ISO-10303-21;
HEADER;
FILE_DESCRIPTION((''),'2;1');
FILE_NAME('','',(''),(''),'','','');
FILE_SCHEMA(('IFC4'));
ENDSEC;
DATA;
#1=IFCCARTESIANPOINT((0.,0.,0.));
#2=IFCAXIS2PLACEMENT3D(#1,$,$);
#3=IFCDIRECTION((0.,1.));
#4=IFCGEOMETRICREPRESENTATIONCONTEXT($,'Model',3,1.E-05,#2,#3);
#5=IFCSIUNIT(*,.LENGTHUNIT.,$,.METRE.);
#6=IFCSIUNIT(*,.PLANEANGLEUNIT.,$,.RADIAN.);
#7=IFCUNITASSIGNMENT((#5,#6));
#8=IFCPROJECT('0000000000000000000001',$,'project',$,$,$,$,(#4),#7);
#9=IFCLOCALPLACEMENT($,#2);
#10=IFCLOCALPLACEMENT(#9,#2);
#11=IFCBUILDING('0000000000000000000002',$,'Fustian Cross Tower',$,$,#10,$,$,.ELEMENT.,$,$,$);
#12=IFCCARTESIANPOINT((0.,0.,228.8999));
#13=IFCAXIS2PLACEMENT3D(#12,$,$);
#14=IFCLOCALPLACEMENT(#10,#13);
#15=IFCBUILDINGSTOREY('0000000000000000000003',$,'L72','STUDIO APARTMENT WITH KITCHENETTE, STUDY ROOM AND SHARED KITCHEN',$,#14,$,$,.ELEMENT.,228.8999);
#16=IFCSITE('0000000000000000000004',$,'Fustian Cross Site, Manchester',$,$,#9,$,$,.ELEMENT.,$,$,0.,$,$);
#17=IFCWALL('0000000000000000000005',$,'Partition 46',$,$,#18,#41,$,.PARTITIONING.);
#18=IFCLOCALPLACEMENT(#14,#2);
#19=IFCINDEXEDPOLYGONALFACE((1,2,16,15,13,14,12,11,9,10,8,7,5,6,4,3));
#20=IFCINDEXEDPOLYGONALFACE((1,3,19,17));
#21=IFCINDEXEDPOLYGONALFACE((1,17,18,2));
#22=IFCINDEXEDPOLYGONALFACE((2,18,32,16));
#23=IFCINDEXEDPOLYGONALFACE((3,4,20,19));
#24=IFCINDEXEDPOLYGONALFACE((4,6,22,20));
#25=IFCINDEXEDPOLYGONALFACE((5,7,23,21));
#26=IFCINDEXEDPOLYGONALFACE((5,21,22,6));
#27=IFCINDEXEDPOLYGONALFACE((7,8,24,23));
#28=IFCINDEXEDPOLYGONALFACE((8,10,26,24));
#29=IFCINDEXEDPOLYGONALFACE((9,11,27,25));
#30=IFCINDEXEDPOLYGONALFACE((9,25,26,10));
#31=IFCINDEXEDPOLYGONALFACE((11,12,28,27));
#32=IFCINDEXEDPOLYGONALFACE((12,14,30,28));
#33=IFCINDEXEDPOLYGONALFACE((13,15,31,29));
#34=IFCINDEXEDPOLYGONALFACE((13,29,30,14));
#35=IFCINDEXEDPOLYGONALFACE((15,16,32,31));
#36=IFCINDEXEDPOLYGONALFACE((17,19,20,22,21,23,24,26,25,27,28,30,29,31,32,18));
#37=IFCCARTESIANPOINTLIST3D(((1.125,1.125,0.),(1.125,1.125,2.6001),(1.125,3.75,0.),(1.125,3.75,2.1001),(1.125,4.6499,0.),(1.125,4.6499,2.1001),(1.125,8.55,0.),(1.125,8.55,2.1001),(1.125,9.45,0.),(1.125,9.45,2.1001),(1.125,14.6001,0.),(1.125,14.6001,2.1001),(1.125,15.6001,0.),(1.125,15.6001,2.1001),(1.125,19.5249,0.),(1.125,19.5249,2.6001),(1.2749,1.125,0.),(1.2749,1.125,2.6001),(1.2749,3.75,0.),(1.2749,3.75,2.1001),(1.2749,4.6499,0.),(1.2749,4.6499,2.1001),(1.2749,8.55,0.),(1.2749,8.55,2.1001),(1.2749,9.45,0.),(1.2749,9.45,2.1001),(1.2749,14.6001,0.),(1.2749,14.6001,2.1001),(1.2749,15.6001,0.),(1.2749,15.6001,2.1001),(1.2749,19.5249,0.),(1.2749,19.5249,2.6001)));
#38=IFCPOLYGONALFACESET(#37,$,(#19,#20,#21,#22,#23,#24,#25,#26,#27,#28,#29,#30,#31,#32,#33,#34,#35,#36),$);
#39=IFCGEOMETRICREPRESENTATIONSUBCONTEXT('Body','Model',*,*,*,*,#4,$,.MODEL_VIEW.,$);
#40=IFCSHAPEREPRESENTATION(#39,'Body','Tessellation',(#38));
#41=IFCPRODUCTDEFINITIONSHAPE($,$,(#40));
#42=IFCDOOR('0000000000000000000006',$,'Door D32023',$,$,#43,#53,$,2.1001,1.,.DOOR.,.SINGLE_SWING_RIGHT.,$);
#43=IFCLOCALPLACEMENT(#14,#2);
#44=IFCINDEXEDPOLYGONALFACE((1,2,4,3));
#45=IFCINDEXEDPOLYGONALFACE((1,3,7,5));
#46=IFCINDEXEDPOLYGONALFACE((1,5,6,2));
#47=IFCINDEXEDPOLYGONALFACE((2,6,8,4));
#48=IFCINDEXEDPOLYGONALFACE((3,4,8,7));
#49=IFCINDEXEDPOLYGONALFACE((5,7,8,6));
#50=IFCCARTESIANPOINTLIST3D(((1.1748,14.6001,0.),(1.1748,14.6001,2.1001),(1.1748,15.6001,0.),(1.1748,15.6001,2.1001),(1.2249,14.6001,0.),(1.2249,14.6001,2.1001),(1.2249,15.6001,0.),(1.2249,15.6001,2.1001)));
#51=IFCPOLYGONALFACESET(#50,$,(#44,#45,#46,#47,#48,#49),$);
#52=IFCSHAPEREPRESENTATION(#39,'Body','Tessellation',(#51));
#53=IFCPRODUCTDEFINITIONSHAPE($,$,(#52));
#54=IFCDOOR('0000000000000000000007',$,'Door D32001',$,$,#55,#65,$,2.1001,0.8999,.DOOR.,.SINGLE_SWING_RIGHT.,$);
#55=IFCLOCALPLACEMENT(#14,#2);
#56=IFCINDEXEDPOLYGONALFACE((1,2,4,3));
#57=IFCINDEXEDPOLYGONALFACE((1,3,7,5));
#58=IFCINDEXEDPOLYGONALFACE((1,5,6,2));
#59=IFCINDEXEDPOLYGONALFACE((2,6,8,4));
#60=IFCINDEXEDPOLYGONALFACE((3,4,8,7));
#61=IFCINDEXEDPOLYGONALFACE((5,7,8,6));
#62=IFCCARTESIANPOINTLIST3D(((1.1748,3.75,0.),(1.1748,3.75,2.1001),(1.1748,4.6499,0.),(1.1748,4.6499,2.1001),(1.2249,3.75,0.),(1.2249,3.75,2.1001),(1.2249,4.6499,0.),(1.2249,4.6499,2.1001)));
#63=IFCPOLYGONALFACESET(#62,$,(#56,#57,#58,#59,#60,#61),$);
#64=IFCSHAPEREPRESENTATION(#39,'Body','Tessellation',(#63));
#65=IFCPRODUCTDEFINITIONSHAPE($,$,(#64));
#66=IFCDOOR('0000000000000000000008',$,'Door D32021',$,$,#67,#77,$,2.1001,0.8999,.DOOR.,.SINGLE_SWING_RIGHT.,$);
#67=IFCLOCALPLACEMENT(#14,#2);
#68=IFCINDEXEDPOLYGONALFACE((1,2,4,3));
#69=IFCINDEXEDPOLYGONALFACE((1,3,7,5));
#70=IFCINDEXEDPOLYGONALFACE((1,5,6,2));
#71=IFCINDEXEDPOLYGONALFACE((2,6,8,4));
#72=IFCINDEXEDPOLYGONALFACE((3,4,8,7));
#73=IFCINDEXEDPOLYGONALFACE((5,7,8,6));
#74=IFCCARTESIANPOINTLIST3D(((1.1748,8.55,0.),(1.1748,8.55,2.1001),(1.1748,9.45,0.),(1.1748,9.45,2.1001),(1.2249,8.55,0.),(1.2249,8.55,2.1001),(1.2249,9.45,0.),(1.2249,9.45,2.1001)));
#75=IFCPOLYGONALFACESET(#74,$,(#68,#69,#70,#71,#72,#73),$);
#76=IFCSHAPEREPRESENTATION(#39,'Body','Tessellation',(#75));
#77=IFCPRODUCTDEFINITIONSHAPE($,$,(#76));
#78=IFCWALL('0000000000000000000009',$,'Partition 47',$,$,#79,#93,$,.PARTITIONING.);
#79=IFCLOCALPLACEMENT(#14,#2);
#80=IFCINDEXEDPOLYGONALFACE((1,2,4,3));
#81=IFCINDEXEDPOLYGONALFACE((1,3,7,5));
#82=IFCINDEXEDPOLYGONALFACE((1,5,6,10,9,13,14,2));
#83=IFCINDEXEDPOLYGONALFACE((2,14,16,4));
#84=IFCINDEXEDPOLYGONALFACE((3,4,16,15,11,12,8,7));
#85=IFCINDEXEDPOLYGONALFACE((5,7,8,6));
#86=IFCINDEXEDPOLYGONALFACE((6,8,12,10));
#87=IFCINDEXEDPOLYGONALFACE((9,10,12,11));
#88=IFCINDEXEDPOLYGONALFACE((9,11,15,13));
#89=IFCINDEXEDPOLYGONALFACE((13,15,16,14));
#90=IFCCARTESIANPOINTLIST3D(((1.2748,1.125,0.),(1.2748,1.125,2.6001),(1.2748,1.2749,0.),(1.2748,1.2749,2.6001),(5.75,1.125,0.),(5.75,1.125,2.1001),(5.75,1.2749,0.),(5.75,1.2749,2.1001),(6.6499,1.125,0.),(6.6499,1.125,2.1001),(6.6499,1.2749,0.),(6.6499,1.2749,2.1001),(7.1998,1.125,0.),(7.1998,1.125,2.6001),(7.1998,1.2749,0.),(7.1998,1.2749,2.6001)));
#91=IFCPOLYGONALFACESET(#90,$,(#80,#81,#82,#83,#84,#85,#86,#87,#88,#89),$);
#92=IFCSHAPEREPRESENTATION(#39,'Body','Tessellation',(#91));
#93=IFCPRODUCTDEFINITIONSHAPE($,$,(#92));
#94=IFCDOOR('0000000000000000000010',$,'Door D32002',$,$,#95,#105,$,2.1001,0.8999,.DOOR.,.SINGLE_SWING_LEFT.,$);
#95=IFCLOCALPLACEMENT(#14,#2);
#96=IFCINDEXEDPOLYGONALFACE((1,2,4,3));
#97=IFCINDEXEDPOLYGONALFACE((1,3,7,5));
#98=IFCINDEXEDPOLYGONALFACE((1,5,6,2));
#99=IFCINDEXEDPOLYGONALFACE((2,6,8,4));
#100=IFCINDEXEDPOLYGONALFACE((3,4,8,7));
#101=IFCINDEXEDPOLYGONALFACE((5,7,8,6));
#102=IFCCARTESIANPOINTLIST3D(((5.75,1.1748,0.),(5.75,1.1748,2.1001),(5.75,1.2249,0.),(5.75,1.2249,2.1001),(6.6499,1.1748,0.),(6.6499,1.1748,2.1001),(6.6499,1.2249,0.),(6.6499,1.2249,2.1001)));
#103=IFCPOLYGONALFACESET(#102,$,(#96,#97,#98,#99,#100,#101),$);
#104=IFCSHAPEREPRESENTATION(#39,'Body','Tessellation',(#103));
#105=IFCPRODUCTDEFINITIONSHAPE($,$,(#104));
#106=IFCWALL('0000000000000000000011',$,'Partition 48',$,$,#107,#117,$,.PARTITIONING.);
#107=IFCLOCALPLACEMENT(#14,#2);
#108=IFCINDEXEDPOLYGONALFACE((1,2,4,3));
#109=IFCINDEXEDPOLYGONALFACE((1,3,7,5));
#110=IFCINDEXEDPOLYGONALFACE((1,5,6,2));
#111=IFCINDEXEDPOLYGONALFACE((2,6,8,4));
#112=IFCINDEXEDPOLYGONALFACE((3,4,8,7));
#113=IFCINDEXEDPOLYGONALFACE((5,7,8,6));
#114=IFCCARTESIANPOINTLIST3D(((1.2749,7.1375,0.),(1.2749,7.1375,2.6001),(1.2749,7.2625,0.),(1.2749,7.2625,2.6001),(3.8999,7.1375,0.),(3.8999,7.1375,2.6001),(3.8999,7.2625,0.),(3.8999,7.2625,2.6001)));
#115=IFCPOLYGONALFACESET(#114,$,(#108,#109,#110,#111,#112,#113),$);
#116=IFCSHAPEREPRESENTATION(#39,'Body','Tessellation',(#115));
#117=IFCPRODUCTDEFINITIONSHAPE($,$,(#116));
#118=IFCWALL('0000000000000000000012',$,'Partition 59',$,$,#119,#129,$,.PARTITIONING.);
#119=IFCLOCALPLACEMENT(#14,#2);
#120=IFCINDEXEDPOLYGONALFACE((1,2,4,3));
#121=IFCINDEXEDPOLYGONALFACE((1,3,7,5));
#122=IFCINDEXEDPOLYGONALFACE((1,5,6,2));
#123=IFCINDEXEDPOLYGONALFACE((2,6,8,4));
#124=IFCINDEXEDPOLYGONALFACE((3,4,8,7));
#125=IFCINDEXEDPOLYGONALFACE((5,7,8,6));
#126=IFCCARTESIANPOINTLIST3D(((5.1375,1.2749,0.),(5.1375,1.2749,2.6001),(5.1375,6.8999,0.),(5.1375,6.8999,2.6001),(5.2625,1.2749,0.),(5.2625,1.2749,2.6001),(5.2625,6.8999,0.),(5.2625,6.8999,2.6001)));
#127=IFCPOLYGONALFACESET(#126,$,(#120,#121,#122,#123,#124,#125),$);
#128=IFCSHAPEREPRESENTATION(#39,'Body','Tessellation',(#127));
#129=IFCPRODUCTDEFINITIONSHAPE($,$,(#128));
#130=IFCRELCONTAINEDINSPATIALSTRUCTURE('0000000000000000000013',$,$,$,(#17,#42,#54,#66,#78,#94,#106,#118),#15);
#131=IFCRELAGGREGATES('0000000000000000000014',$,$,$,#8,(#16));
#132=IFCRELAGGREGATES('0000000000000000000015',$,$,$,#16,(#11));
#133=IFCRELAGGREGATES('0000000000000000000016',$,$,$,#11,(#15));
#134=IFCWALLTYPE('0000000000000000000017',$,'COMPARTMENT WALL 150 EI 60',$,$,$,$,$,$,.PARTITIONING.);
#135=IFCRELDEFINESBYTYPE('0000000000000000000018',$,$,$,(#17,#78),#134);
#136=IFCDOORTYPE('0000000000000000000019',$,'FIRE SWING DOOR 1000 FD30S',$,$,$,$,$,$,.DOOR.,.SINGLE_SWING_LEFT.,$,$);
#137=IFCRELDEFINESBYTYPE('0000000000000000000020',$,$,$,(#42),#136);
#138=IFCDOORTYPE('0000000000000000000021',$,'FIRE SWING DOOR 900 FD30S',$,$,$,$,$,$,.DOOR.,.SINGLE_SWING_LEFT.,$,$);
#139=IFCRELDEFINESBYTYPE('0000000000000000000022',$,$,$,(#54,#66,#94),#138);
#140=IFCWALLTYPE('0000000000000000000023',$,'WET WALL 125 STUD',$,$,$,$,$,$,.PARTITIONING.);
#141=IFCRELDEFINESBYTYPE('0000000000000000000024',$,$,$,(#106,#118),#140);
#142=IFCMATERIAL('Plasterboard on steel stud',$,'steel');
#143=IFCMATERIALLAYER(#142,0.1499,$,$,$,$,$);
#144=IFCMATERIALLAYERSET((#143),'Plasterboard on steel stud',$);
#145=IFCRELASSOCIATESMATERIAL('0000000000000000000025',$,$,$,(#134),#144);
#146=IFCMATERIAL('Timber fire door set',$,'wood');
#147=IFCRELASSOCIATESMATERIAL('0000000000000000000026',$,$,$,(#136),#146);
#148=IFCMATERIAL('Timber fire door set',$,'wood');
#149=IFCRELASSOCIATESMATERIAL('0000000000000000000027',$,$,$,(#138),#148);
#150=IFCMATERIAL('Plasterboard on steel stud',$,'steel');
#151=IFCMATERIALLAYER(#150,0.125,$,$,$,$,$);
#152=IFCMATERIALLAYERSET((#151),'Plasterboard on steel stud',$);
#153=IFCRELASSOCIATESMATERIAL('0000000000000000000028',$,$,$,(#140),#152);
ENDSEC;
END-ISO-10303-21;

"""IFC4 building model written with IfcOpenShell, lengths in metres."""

from ifc_helpers import new_model, si_unit, direction, frame, frame_2d, origin, place, context, subcontext, project, spatial, rectangle, extrude, material, layer, layer_set, type_object, element, fill, save


model = new_model("IFC4")

# Units and contexts
model_context = context("Model", 3, precision=1e-05, world=origin(), true_north=direction((0.0, 1.0)))
body_context = subcontext(model_context, "Body", "Model", "MODEL_VIEW")
ifc_project = project(units=[si_unit("LENGTHUNIT", "METRE"), si_unit("PLANEANGLEUNIT", "RADIAN")], contexts=[model_context])

# Site, building, storey
site_placement = place(None, origin())
site = spatial("IfcSite", under=ifc_project, at=site_placement, Name="Fustian Cross Site, Manchester", CompositionType="ELEMENT", RefElevation=0.0)
building_placement = place(site_placement, origin())
building = spatial("IfcBuilding", under=site, at=building_placement, Name="Fustian Cross Tower", CompositionType="ELEMENT")
storey_placement = place(building_placement, frame((0.0, 0.0, 228.8999)))
storey = spatial("IfcBuildingStorey", under=building, at=storey_placement, Name="L72", Description="STUDIO APARTMENT WITH KITCHENETTE, STUDY ROOM AND SHARED KITCHEN", CompositionType="ELEMENT", Elevation=228.8999)

# Wall, openings, doors
ifc_material_1 = material(Name="Plasterboard on steel stud", Category="steel")
ifc_layer_1 = layer(ifc_material_1, 0.1499)
ifc_layer_set_1 = layer_set([ifc_layer_1], Name="Plasterboard on steel stud")
wall_type_1 = type_object("IfcWallType", Name="COMPARTMENT WALL 150 EI 60", PredefinedType="PARTITIONING", material=ifc_layer_set_1)
wall_1_placement = place(storey_placement, frame((1.2, 1.125, 0.0), z_axis=(0.0, 0.0, 1.0), x_axis=(0.0, 1.0, 0.0)))
wall_1 = element("IfcWall", 1, at=wall_1_placement, inside=storey, type_object=wall_type_1, Name="Partition 46", PredefinedType="PARTITIONING", context=body_context, shape_type="SweptSolid", body=[
    extrude(rectangle(XDim=18.3999, YDim=0.1499, at=frame_2d((9.2, 0.0))), origin(), (0.0, 0.0, 1.0), 2.6001),
])
opening_1_placement = place(wall_1_placement, frame((2.625, 0.0, 0.0)))
opening_1 = element("IfcOpeningElement", 2, at=opening_1_placement, cuts=wall_1, PredefinedType="OPENING", context=body_context, shape_type="SweptSolid", body=[
    extrude(rectangle(XDim=0.8999, YDim=2.1001, at=frame_2d((0.45, 1.05))), frame((0.0, 0.085, 0.0), z_axis=(0.0, -1.0, 0.0), x_axis=(1.0, 0.0, 0.0)), (0.0, 0.0, 1.0), 0.1699),
])
opening_2_placement = place(wall_1_placement, frame((7.425, 0.0, 0.0)))
opening_2 = element("IfcOpeningElement", 3, at=opening_2_placement, cuts=wall_1, PredefinedType="OPENING", context=body_context, shape_type="SweptSolid", body=[
    extrude(rectangle(XDim=0.8999, YDim=2.1001, at=frame_2d((0.45, 1.05))), frame((0.0, 0.085, 0.0), z_axis=(0.0, -1.0, 0.0), x_axis=(1.0, 0.0, 0.0)), (0.0, 0.0, 1.0), 0.1699),
])
opening_3_placement = place(wall_1_placement, frame((13.4751, 0.0, 0.0)))
opening_3 = element("IfcOpeningElement", 4, at=opening_3_placement, cuts=wall_1, PredefinedType="OPENING", context=body_context, shape_type="SweptSolid", body=[
    extrude(rectangle(XDim=1.0, YDim=2.1001, at=frame_2d((0.5, 1.05))), frame((0.0, 0.085, 0.0), z_axis=(0.0, -1.0, 0.0), x_axis=(1.0, 0.0, 0.0)), (0.0, 0.0, 1.0), 0.1699),
])
ifc_material_2 = material(Name="Timber fire door set", Category="wood")
door_type_1 = type_object("IfcDoorType", Name="FIRE SWING DOOR 1000 FD30S", OperationType="SINGLE_SWING_LEFT", PredefinedType="DOOR", material=ifc_material_2)
door_1_placement = place(opening_3_placement, frame((1.0, 0.0, 0.0), z_axis=(0.0, 0.0, 1.0), x_axis=(-1.0, 0.0, 0.0)))
door_1 = element("IfcDoor", 5, at=door_1_placement, inside=storey, type_object=door_type_1, Name="Door D32023", OperationType="SINGLE_SWING_RIGHT", OverallHeight=2.1001, OverallWidth=1.0, PredefinedType="DOOR", context=body_context, shape_type="SweptSolid", body=[
    extrude(rectangle(XDim=1.0, YDim=2.1001, at=frame_2d((0.5, 1.05))), frame((0.0, 0.0249, 0.0), z_axis=(0.0, -1.0, 0.0), x_axis=(1.0, 0.0, 0.0)), (0.0, 0.0, 1.0), 0.05),
])
fill(opening_3, door_1)
ifc_material_3 = material(Name="Timber fire door set", Category="wood")
door_type_2 = type_object("IfcDoorType", Name="FIRE SWING DOOR 900 FD30S", OperationType="SINGLE_SWING_LEFT", PredefinedType="DOOR", material=ifc_material_3)
door_2_placement = place(opening_1_placement, frame((0.8999, 0.0, 0.0), z_axis=(0.0, 0.0, 1.0), x_axis=(-1.0, 0.0, 0.0)))
door_2 = element("IfcDoor", 6, at=door_2_placement, inside=storey, type_object=door_type_2, Name="Door D32001", OperationType="SINGLE_SWING_RIGHT", OverallHeight=2.1001, OverallWidth=0.8999, PredefinedType="DOOR", context=body_context, shape_type="SweptSolid", body=[
    extrude(rectangle(XDim=0.8999, YDim=2.1001, at=frame_2d((0.45, 1.05))), frame((0.0, 0.0249, 0.0), z_axis=(0.0, -1.0, 0.0), x_axis=(1.0, 0.0, 0.0)), (0.0, 0.0, 1.0), 0.05),
])
fill(opening_1, door_2)
door_3_placement = place(opening_2_placement, frame((0.8999, 0.0, 0.0), z_axis=(0.0, 0.0, 1.0), x_axis=(-1.0, 0.0, 0.0)))
door_3 = element("IfcDoor", 7, at=door_3_placement, inside=storey, type_object=door_type_2, Name="Door D32021", OperationType="SINGLE_SWING_RIGHT", OverallHeight=2.1001, OverallWidth=0.8999, PredefinedType="DOOR", context=body_context, shape_type="SweptSolid", body=[
    extrude(rectangle(XDim=0.8999, YDim=2.1001, at=frame_2d((0.45, 1.05))), frame((0.0, 0.0249, 0.0), z_axis=(0.0, -1.0, 0.0), x_axis=(1.0, 0.0, 0.0)), (0.0, 0.0, 1.0), 0.05),
])
fill(opening_2, door_3)

# Wall, opening, door
wall_2_placement = place(storey_placement, frame((1.2749, 1.2, 0.0), z_axis=(0.0, 0.0, 1.0), x_axis=(1.0, 0.0, 0.0)))
wall_2 = element("IfcWall", 8, at=wall_2_placement, inside=storey, type_object=wall_type_1, Name="Partition 47", PredefinedType="PARTITIONING", context=body_context, shape_type="SweptSolid", body=[
    extrude(rectangle(XDim=5.925, YDim=0.1499, at=frame_2d((2.9624, 0.0))), origin(), (0.0, 0.0, 1.0), 2.6001),
])
opening_4_placement = place(wall_2_placement, frame((4.4751, 0.0, 0.0)))
opening_4 = element("IfcOpeningElement", 9, at=opening_4_placement, cuts=wall_2, PredefinedType="OPENING", context=body_context, shape_type="SweptSolid", body=[
    extrude(rectangle(XDim=0.8999, YDim=2.1001, at=frame_2d((0.45, 1.05))), frame((0.0, 0.085, 0.0), z_axis=(0.0, -1.0, 0.0), x_axis=(1.0, 0.0, 0.0)), (0.0, 0.0, 1.0), 0.1699),
])
door_4_placement = place(opening_4_placement, origin())
door_4 = element("IfcDoor", 10, at=door_4_placement, inside=storey, type_object=door_type_2, Name="Door D32002", OperationType="SINGLE_SWING_LEFT", OverallHeight=2.1001, OverallWidth=0.8999, PredefinedType="DOOR", context=body_context, shape_type="SweptSolid", body=[
    extrude(rectangle(XDim=0.8999, YDim=2.1001, at=frame_2d((0.45, 1.05))), frame((0.0, 0.0249, 0.0), z_axis=(0.0, -1.0, 0.0), x_axis=(1.0, 0.0, 0.0)), (0.0, 0.0, 1.0), 0.05),
])
fill(opening_4, door_4)

# Walls
ifc_material_4 = material(Name="Plasterboard on steel stud", Category="steel")
ifc_layer_2 = layer(ifc_material_4, 0.125)
ifc_layer_set_2 = layer_set([ifc_layer_2], Name="Plasterboard on steel stud")
wall_type_2 = type_object("IfcWallType", Name="WET WALL 125 STUD", PredefinedType="PARTITIONING", material=ifc_layer_set_2)
wall_3_placement = place(storey_placement, frame((1.2749, 7.2, 0.0), z_axis=(0.0, 0.0, 1.0), x_axis=(1.0, 0.0, 0.0)))
element("IfcWall", 11, at=wall_3_placement, inside=storey, type_object=wall_type_2, Name="Partition 48", PredefinedType="PARTITIONING", context=body_context, shape_type="SweptSolid", body=[
    extrude(rectangle(XDim=2.625, YDim=0.125, at=frame_2d((1.3125, 0.0))), origin(), (0.0, 0.0, 1.0), 2.6001),
])
wall_4_placement = place(storey_placement, frame((5.2, 1.2749, 0.0), z_axis=(0.0, 0.0, 1.0), x_axis=(0.0, 1.0, 0.0)))
element("IfcWall", 12, at=wall_4_placement, inside=storey, type_object=wall_type_2, Name="Partition 59", PredefinedType="PARTITIONING", context=body_context, shape_type="SweptSolid", body=[
    extrude(rectangle(XDim=5.625, YDim=0.125, at=frame_2d((2.8125, 0.0))), origin(), (0.0, 0.0, 1.0), 2.6001),
])

save(model, "model.ifc")
